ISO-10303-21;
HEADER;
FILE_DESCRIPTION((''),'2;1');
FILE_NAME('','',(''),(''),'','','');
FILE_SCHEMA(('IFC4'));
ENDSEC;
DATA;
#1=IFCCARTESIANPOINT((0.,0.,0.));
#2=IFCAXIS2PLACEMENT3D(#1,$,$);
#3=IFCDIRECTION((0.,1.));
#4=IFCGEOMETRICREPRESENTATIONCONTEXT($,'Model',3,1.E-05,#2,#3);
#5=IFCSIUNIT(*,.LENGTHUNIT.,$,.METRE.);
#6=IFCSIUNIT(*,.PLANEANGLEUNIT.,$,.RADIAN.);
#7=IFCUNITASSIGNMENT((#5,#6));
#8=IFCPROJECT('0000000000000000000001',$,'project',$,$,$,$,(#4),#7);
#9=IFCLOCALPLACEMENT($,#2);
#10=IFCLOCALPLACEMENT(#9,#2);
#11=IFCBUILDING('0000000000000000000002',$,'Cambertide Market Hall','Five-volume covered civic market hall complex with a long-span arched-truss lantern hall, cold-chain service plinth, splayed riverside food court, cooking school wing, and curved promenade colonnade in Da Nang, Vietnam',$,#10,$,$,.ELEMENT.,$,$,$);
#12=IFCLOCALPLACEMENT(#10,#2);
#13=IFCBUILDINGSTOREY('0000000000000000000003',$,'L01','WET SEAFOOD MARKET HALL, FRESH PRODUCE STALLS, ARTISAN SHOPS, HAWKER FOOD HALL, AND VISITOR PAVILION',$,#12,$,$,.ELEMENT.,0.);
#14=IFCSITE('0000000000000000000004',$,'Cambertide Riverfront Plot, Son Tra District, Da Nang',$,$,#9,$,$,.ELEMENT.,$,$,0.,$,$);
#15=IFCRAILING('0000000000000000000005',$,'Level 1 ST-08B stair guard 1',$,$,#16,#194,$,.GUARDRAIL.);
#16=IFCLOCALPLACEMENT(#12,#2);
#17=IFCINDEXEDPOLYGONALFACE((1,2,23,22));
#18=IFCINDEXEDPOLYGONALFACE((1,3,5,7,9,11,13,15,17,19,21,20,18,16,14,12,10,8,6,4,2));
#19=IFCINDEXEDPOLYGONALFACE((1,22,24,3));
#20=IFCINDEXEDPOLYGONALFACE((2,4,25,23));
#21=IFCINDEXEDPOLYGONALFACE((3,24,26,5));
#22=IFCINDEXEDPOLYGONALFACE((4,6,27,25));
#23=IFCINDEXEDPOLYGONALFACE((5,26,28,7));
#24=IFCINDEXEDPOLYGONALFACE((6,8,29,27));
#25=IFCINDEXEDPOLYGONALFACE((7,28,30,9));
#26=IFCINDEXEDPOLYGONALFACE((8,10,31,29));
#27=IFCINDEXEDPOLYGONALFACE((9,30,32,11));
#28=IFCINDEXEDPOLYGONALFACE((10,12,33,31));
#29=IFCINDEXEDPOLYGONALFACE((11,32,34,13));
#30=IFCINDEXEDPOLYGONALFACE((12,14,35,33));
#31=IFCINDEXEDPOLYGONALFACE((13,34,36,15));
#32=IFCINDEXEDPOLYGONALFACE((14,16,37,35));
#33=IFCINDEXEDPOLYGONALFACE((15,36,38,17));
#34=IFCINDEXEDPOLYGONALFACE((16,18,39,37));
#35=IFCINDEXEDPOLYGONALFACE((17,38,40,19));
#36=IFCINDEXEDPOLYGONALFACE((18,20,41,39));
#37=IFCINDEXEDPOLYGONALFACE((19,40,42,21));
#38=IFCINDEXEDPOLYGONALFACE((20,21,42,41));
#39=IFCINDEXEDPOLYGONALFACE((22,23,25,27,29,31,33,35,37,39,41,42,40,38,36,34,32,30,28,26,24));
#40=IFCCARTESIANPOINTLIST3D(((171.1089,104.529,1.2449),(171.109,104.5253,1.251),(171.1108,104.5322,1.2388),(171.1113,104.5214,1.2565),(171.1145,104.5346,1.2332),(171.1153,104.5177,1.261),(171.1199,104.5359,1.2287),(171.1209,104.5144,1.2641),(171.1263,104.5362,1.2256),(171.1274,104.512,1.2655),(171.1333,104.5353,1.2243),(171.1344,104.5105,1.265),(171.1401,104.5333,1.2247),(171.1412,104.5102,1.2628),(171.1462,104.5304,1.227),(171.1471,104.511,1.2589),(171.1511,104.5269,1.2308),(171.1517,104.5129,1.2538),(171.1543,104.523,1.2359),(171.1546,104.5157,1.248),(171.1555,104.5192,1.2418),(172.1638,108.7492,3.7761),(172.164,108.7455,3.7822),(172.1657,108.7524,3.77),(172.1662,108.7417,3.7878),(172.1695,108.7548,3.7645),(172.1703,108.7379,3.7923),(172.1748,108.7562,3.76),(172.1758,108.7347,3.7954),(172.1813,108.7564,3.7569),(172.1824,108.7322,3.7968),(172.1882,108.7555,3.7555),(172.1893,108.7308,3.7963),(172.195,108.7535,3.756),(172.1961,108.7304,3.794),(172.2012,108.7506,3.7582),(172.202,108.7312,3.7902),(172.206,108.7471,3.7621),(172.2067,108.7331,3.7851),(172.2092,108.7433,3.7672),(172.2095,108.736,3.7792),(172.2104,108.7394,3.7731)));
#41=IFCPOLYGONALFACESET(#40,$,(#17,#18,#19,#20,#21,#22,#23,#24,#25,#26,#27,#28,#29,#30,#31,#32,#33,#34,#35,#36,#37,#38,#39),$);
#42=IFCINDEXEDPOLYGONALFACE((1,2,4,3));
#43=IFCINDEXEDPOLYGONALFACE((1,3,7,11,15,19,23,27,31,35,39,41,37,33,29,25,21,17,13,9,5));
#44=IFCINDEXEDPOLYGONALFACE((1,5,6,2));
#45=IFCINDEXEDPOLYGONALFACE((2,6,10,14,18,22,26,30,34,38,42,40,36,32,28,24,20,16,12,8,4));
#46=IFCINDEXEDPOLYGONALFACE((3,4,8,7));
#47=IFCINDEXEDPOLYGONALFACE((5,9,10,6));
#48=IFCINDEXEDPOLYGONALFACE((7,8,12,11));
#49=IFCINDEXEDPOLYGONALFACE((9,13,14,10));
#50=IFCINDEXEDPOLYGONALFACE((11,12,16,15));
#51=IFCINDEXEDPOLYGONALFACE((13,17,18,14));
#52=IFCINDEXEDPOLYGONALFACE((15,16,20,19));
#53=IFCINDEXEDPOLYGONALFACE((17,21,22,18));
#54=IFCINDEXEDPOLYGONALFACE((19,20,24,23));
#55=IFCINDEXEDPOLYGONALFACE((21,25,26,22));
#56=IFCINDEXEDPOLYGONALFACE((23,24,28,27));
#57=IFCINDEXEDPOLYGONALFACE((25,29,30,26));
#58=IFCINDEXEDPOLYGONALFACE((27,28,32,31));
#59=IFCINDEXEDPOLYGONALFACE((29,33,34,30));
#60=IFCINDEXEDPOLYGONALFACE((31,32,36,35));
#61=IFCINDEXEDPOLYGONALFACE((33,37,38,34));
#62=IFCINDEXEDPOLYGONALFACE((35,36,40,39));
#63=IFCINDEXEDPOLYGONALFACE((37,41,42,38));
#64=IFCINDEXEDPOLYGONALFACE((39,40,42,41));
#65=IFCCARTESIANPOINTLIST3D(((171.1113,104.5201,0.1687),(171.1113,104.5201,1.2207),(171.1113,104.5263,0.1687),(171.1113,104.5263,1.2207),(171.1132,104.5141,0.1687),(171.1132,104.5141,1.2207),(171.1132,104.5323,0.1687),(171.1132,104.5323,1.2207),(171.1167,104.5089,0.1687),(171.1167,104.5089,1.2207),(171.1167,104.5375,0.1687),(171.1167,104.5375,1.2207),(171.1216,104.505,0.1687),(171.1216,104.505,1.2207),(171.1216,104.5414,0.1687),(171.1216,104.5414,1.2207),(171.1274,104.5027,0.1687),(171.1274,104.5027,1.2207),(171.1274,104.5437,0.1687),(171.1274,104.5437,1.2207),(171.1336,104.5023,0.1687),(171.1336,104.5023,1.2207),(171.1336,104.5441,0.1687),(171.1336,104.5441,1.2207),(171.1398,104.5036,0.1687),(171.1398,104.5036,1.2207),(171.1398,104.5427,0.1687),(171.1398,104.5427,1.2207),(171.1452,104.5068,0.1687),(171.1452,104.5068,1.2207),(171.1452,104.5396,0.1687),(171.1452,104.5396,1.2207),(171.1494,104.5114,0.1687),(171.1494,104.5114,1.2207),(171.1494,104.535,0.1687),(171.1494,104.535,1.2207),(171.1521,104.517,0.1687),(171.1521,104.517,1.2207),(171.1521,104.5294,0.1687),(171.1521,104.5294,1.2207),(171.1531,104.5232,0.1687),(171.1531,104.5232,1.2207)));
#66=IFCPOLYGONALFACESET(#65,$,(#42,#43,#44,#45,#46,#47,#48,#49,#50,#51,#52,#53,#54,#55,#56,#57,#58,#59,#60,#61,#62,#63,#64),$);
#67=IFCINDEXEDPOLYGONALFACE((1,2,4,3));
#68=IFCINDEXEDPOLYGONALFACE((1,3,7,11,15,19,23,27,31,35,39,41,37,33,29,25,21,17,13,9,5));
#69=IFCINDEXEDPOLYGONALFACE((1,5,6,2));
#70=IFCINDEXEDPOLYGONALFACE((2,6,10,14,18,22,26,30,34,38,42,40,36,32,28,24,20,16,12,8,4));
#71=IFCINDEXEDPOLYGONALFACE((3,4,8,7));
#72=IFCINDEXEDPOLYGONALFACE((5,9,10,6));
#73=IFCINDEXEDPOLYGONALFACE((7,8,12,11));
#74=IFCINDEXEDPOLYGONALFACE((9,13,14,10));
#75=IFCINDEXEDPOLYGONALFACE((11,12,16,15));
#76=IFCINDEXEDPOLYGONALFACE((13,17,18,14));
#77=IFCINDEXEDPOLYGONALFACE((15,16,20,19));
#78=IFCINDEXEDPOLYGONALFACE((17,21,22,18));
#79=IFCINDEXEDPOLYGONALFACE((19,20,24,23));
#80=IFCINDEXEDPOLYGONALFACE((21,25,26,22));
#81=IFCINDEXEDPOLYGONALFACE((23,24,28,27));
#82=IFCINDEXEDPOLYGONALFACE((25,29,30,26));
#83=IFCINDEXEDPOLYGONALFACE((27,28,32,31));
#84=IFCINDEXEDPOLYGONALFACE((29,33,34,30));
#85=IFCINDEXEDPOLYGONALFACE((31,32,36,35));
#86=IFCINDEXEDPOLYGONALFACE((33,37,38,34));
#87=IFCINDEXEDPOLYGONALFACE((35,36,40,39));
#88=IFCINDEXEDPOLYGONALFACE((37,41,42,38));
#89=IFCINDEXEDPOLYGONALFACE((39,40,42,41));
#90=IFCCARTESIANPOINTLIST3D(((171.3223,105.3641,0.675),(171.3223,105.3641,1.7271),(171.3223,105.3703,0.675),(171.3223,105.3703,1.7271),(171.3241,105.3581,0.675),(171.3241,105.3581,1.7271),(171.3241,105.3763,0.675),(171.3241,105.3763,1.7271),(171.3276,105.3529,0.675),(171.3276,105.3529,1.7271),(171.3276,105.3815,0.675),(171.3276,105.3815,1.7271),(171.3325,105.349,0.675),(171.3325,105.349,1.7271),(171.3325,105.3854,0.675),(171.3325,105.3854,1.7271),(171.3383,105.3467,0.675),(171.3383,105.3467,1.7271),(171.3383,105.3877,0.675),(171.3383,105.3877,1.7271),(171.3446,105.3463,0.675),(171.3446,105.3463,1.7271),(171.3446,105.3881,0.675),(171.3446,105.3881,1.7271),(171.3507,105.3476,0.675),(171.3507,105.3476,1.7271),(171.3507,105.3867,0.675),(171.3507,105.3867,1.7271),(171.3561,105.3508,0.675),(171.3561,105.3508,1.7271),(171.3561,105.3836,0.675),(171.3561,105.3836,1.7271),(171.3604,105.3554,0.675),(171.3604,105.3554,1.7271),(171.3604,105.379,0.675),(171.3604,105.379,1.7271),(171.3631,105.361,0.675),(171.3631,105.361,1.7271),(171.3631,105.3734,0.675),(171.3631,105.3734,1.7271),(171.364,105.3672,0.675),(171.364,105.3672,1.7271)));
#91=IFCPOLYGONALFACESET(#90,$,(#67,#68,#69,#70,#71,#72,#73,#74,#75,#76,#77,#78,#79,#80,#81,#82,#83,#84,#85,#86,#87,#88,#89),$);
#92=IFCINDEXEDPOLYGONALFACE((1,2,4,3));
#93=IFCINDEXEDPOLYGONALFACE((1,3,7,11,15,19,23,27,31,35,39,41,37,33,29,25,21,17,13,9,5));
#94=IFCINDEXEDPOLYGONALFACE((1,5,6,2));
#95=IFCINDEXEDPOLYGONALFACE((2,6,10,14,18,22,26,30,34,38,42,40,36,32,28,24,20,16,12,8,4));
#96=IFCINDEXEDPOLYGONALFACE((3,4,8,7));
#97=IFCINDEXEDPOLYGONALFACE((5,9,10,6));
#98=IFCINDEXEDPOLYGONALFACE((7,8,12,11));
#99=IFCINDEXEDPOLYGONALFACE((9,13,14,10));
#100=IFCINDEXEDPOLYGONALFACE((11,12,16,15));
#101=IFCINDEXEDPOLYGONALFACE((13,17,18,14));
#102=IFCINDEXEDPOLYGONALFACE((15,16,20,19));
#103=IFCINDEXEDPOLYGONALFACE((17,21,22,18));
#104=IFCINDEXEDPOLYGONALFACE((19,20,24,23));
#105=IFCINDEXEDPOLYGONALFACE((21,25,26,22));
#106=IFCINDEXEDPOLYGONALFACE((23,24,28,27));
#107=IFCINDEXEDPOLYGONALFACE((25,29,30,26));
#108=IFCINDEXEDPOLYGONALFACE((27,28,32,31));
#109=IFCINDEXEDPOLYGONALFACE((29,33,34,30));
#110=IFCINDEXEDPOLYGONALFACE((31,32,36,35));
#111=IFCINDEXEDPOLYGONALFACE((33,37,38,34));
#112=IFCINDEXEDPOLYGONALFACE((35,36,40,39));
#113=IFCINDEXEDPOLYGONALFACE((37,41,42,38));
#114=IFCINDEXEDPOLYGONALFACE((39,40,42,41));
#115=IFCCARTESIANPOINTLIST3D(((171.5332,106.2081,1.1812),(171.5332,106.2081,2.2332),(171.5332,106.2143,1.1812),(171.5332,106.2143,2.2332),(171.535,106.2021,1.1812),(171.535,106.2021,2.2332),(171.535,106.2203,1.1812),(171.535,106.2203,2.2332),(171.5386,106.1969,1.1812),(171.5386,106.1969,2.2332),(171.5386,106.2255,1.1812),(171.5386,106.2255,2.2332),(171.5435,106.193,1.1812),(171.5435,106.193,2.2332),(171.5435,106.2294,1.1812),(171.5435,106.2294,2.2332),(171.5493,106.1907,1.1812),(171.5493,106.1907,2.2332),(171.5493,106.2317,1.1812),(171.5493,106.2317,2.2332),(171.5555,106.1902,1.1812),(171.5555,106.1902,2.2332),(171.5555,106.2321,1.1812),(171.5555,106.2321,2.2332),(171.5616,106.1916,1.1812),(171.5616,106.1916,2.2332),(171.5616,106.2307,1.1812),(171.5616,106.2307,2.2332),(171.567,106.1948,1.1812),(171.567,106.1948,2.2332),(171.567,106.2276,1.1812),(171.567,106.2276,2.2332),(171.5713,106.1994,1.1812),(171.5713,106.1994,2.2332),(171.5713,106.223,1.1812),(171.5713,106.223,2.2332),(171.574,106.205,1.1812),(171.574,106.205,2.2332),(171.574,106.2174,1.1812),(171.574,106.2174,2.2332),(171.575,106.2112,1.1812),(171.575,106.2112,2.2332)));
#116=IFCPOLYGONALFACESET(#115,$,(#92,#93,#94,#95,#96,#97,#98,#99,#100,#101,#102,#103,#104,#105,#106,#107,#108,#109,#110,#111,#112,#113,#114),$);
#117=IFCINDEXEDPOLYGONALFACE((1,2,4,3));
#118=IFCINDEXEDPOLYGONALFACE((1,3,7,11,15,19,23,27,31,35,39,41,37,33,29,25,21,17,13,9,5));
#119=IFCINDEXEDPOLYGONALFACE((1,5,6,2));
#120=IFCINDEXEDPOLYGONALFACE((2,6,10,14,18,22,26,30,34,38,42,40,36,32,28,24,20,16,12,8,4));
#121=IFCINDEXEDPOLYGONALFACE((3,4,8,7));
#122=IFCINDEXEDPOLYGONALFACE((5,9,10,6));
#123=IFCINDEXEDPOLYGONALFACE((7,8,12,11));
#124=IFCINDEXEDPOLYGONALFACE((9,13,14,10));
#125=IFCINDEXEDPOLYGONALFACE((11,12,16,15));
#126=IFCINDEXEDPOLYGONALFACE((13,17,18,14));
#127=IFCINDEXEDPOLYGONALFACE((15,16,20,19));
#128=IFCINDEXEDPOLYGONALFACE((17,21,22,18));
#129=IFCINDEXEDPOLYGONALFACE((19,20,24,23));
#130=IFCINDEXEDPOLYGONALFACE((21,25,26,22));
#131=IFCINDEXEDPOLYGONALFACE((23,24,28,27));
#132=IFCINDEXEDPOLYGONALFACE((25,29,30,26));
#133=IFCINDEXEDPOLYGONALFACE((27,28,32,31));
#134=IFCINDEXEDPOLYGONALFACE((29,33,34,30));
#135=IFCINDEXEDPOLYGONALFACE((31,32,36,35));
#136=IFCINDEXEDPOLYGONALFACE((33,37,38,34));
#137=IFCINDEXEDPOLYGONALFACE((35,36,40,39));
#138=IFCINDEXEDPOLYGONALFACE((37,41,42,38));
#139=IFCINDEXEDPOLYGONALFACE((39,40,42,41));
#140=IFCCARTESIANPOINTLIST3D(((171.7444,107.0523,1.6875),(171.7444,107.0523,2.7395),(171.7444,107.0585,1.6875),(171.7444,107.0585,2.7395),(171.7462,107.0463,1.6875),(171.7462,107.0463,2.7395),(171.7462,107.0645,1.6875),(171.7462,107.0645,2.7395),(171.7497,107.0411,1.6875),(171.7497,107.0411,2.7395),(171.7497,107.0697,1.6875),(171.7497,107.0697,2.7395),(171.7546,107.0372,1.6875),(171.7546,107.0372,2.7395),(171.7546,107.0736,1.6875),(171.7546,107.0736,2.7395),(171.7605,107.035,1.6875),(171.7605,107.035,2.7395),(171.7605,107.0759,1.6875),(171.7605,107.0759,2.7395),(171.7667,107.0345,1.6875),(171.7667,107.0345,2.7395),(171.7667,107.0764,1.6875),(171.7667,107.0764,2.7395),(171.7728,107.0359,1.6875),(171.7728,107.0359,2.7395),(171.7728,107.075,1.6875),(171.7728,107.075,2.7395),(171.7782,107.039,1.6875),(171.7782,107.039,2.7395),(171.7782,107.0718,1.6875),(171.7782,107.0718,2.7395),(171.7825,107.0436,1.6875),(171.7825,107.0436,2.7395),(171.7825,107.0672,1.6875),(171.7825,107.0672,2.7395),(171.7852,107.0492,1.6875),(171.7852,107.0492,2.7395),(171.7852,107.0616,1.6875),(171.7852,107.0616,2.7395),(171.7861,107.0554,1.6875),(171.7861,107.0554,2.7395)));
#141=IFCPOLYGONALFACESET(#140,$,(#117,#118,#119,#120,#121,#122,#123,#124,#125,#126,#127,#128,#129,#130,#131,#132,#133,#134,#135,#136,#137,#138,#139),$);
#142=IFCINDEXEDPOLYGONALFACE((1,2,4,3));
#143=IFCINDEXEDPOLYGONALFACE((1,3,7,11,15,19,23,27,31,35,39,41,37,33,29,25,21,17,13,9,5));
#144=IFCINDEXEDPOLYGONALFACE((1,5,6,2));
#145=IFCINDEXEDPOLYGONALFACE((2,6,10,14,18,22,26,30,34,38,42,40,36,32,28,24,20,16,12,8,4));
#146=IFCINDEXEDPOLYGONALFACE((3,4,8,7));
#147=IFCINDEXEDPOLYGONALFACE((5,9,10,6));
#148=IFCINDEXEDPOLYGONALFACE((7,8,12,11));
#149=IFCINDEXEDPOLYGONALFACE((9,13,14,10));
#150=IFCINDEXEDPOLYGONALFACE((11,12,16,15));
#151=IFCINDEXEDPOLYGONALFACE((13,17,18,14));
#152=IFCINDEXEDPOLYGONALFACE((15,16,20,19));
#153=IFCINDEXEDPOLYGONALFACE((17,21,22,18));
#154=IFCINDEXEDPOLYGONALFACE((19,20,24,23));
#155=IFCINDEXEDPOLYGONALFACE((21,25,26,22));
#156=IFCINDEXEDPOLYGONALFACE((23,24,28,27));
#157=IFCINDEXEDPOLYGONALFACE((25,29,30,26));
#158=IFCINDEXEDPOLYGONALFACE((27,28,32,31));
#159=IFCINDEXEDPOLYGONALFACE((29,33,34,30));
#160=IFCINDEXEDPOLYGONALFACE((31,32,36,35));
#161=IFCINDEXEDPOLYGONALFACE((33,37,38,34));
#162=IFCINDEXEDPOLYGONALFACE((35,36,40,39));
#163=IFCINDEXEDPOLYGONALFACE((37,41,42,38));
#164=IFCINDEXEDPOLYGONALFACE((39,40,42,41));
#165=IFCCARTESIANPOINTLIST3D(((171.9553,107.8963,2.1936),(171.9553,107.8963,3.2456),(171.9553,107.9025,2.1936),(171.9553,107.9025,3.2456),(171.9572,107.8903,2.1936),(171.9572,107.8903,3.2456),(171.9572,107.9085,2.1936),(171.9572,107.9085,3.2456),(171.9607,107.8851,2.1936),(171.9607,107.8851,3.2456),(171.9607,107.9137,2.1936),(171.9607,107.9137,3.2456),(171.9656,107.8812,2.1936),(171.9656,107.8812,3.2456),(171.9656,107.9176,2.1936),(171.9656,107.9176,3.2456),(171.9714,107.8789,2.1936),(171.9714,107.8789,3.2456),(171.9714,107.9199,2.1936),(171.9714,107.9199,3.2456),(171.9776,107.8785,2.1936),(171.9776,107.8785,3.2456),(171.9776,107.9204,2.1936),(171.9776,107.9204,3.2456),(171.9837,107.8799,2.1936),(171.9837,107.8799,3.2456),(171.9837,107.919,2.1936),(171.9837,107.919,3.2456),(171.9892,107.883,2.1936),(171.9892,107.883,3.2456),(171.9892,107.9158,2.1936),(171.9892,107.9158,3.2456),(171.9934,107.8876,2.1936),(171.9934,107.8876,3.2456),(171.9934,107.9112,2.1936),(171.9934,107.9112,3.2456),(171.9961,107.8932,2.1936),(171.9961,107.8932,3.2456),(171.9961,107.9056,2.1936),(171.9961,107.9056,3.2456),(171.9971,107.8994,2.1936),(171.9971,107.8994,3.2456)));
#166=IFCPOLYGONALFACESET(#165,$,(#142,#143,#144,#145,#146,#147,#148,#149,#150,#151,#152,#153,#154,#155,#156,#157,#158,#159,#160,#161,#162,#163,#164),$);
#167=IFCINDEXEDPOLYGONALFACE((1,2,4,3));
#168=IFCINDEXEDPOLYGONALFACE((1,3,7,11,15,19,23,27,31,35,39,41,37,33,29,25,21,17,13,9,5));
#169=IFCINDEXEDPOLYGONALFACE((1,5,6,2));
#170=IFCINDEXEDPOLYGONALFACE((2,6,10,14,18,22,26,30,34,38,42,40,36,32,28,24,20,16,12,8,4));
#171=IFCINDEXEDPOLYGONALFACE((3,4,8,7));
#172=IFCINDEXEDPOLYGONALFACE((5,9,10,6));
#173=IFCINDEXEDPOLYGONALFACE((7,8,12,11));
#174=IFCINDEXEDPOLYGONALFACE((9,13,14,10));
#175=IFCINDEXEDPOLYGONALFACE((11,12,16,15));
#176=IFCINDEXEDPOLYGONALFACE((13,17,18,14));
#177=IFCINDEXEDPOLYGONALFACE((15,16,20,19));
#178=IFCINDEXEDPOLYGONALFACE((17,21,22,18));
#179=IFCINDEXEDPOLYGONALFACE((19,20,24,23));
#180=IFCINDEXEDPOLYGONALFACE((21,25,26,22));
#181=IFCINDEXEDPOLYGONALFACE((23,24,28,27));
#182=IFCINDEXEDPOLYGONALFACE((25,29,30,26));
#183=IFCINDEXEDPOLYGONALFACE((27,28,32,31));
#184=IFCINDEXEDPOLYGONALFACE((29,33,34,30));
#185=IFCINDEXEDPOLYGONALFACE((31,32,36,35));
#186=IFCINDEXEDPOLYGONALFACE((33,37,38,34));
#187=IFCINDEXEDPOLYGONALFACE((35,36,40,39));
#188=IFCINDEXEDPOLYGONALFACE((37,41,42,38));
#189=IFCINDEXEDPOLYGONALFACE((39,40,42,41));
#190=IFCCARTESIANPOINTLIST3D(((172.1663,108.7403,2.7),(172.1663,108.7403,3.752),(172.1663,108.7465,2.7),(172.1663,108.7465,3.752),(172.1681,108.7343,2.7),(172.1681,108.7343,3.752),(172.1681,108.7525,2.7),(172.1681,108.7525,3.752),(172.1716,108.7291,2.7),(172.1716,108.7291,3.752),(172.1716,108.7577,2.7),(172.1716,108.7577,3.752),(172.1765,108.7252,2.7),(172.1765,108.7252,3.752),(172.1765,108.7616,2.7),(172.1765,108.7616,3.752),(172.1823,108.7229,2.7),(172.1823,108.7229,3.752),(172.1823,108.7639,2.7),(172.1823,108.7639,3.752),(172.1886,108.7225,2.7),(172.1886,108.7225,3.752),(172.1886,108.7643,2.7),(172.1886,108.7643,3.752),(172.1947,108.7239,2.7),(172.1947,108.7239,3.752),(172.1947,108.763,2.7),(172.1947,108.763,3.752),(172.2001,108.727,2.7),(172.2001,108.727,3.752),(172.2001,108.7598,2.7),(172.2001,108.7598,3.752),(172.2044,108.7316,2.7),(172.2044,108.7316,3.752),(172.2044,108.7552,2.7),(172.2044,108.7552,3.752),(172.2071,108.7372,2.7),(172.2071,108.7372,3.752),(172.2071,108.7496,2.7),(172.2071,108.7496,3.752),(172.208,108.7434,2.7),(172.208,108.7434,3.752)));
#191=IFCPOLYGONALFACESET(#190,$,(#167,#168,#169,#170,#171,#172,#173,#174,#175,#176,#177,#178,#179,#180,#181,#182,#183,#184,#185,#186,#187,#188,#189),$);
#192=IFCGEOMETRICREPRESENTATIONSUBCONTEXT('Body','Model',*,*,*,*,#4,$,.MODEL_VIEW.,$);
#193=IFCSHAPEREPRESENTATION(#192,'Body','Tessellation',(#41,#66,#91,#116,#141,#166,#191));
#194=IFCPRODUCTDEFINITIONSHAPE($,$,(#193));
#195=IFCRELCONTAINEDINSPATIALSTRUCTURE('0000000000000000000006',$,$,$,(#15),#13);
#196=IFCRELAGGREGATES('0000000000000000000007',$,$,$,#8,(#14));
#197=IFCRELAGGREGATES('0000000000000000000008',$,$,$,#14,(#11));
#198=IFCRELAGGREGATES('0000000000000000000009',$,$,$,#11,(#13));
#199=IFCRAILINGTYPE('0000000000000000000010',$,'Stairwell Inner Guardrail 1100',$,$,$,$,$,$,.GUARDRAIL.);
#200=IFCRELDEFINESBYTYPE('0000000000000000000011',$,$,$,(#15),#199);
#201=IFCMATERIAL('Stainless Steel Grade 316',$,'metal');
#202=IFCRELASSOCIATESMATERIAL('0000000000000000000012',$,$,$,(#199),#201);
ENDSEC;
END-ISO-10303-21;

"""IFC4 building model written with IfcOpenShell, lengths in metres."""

from ifc_helpers import new_model, si_unit, direction, frame, origin, origin_2d, place, context, subcontext, project, spatial, circle, extrude, material, type_object, element, save


model = new_model("IFC4")

# Units and contexts
model_context = context("Model", 3, precision=1e-05, world=origin(), true_north=direction((0.0, 1.0)))
body_context = subcontext(model_context, "Body", "Model", "MODEL_VIEW")
ifc_project = project(units=[si_unit("LENGTHUNIT", "METRE"), si_unit("PLANEANGLEUNIT", "RADIAN")], contexts=[model_context])

# Site, building, storey
site_placement = place(None, origin())
site = spatial("IfcSite", under=ifc_project, at=site_placement, Name="Cambertide Riverfront Plot, Son Tra District, Da Nang", CompositionType="ELEMENT", RefElevation=0.0)
building_placement = place(site_placement, origin())
building = spatial("IfcBuilding", under=site, at=building_placement, Name="Cambertide Market Hall", Description="Five-volume covered civic market hall complex with a long-span arched-truss lantern hall, cold-chain service plinth, splayed riverside food court, cooking school wing, and curved promenade colonnade in Da Nang, Vietnam", CompositionType="ELEMENT")
storey_placement = place(building_placement, origin())
storey = spatial("IfcBuildingStorey", under=building, at=storey_placement, Name="L01", Description="WET SEAFOOD MARKET HALL, FRESH PRODUCE STALLS, ARTISAN SHOPS, HAWKER FOOD HALL, AND VISITOR PAVILION", CompositionType="ELEMENT", Elevation=0.0)

# Railing
ifc_material_1 = material(Name="Stainless Steel Grade 316", Category="metal")
railing_type_1 = type_object("IfcRailingType", Name="Stairwell Inner Guardrail 1100", PredefinedType="GUARDRAIL", material=ifc_material_1)
railing_1_placement = place(storey_placement, frame((171.1321, 104.5232, 0.1687)))
element("IfcRailing", 1, at=railing_1_placement, inside=storey, type_object=railing_type_1, Name="Level 1 ST-08B stair guard 1", PredefinedType="GUARDRAIL", context=body_context, shape_type="SweptSolid", body=[
    extrude(circle(Radius=0.0239, at=origin_2d()), frame((0.0, 0.0, 1.0762), z_axis=(0.209606, 0.838522, 0.502938), x_axis=(-0.970149, 0.242509, 0.0)), (0.0, 0.0, 1.0), 5.033),
    extrude(circle(Radius=0.021, at=origin_2d()), origin(), (0.0, 0.0, 1.0), 1.052),
    extrude(circle(Radius=0.021, at=origin_2d()), frame((0.2109, 0.844, 0.5063)), (0.0, 0.0, 1.0), 1.052),
    extrude(circle(Radius=0.021, at=origin_2d()), frame((0.4219, 1.688, 1.0125)), (0.0, 0.0, 1.0), 1.052),
    extrude(circle(Radius=0.021, at=origin_2d()), frame((0.6331, 2.5322, 1.5188)), (0.0, 0.0, 1.0), 1.052),
    extrude(circle(Radius=0.021, at=origin_2d()), frame((0.844, 3.3762, 2.0249)), (0.0, 0.0, 1.0), 1.052),
    extrude(circle(Radius=0.021, at=origin_2d()), frame((1.0549, 4.2202, 2.5312)), (0.0, 0.0, 1.0), 1.052),
])

save(model, "model.ifc")
